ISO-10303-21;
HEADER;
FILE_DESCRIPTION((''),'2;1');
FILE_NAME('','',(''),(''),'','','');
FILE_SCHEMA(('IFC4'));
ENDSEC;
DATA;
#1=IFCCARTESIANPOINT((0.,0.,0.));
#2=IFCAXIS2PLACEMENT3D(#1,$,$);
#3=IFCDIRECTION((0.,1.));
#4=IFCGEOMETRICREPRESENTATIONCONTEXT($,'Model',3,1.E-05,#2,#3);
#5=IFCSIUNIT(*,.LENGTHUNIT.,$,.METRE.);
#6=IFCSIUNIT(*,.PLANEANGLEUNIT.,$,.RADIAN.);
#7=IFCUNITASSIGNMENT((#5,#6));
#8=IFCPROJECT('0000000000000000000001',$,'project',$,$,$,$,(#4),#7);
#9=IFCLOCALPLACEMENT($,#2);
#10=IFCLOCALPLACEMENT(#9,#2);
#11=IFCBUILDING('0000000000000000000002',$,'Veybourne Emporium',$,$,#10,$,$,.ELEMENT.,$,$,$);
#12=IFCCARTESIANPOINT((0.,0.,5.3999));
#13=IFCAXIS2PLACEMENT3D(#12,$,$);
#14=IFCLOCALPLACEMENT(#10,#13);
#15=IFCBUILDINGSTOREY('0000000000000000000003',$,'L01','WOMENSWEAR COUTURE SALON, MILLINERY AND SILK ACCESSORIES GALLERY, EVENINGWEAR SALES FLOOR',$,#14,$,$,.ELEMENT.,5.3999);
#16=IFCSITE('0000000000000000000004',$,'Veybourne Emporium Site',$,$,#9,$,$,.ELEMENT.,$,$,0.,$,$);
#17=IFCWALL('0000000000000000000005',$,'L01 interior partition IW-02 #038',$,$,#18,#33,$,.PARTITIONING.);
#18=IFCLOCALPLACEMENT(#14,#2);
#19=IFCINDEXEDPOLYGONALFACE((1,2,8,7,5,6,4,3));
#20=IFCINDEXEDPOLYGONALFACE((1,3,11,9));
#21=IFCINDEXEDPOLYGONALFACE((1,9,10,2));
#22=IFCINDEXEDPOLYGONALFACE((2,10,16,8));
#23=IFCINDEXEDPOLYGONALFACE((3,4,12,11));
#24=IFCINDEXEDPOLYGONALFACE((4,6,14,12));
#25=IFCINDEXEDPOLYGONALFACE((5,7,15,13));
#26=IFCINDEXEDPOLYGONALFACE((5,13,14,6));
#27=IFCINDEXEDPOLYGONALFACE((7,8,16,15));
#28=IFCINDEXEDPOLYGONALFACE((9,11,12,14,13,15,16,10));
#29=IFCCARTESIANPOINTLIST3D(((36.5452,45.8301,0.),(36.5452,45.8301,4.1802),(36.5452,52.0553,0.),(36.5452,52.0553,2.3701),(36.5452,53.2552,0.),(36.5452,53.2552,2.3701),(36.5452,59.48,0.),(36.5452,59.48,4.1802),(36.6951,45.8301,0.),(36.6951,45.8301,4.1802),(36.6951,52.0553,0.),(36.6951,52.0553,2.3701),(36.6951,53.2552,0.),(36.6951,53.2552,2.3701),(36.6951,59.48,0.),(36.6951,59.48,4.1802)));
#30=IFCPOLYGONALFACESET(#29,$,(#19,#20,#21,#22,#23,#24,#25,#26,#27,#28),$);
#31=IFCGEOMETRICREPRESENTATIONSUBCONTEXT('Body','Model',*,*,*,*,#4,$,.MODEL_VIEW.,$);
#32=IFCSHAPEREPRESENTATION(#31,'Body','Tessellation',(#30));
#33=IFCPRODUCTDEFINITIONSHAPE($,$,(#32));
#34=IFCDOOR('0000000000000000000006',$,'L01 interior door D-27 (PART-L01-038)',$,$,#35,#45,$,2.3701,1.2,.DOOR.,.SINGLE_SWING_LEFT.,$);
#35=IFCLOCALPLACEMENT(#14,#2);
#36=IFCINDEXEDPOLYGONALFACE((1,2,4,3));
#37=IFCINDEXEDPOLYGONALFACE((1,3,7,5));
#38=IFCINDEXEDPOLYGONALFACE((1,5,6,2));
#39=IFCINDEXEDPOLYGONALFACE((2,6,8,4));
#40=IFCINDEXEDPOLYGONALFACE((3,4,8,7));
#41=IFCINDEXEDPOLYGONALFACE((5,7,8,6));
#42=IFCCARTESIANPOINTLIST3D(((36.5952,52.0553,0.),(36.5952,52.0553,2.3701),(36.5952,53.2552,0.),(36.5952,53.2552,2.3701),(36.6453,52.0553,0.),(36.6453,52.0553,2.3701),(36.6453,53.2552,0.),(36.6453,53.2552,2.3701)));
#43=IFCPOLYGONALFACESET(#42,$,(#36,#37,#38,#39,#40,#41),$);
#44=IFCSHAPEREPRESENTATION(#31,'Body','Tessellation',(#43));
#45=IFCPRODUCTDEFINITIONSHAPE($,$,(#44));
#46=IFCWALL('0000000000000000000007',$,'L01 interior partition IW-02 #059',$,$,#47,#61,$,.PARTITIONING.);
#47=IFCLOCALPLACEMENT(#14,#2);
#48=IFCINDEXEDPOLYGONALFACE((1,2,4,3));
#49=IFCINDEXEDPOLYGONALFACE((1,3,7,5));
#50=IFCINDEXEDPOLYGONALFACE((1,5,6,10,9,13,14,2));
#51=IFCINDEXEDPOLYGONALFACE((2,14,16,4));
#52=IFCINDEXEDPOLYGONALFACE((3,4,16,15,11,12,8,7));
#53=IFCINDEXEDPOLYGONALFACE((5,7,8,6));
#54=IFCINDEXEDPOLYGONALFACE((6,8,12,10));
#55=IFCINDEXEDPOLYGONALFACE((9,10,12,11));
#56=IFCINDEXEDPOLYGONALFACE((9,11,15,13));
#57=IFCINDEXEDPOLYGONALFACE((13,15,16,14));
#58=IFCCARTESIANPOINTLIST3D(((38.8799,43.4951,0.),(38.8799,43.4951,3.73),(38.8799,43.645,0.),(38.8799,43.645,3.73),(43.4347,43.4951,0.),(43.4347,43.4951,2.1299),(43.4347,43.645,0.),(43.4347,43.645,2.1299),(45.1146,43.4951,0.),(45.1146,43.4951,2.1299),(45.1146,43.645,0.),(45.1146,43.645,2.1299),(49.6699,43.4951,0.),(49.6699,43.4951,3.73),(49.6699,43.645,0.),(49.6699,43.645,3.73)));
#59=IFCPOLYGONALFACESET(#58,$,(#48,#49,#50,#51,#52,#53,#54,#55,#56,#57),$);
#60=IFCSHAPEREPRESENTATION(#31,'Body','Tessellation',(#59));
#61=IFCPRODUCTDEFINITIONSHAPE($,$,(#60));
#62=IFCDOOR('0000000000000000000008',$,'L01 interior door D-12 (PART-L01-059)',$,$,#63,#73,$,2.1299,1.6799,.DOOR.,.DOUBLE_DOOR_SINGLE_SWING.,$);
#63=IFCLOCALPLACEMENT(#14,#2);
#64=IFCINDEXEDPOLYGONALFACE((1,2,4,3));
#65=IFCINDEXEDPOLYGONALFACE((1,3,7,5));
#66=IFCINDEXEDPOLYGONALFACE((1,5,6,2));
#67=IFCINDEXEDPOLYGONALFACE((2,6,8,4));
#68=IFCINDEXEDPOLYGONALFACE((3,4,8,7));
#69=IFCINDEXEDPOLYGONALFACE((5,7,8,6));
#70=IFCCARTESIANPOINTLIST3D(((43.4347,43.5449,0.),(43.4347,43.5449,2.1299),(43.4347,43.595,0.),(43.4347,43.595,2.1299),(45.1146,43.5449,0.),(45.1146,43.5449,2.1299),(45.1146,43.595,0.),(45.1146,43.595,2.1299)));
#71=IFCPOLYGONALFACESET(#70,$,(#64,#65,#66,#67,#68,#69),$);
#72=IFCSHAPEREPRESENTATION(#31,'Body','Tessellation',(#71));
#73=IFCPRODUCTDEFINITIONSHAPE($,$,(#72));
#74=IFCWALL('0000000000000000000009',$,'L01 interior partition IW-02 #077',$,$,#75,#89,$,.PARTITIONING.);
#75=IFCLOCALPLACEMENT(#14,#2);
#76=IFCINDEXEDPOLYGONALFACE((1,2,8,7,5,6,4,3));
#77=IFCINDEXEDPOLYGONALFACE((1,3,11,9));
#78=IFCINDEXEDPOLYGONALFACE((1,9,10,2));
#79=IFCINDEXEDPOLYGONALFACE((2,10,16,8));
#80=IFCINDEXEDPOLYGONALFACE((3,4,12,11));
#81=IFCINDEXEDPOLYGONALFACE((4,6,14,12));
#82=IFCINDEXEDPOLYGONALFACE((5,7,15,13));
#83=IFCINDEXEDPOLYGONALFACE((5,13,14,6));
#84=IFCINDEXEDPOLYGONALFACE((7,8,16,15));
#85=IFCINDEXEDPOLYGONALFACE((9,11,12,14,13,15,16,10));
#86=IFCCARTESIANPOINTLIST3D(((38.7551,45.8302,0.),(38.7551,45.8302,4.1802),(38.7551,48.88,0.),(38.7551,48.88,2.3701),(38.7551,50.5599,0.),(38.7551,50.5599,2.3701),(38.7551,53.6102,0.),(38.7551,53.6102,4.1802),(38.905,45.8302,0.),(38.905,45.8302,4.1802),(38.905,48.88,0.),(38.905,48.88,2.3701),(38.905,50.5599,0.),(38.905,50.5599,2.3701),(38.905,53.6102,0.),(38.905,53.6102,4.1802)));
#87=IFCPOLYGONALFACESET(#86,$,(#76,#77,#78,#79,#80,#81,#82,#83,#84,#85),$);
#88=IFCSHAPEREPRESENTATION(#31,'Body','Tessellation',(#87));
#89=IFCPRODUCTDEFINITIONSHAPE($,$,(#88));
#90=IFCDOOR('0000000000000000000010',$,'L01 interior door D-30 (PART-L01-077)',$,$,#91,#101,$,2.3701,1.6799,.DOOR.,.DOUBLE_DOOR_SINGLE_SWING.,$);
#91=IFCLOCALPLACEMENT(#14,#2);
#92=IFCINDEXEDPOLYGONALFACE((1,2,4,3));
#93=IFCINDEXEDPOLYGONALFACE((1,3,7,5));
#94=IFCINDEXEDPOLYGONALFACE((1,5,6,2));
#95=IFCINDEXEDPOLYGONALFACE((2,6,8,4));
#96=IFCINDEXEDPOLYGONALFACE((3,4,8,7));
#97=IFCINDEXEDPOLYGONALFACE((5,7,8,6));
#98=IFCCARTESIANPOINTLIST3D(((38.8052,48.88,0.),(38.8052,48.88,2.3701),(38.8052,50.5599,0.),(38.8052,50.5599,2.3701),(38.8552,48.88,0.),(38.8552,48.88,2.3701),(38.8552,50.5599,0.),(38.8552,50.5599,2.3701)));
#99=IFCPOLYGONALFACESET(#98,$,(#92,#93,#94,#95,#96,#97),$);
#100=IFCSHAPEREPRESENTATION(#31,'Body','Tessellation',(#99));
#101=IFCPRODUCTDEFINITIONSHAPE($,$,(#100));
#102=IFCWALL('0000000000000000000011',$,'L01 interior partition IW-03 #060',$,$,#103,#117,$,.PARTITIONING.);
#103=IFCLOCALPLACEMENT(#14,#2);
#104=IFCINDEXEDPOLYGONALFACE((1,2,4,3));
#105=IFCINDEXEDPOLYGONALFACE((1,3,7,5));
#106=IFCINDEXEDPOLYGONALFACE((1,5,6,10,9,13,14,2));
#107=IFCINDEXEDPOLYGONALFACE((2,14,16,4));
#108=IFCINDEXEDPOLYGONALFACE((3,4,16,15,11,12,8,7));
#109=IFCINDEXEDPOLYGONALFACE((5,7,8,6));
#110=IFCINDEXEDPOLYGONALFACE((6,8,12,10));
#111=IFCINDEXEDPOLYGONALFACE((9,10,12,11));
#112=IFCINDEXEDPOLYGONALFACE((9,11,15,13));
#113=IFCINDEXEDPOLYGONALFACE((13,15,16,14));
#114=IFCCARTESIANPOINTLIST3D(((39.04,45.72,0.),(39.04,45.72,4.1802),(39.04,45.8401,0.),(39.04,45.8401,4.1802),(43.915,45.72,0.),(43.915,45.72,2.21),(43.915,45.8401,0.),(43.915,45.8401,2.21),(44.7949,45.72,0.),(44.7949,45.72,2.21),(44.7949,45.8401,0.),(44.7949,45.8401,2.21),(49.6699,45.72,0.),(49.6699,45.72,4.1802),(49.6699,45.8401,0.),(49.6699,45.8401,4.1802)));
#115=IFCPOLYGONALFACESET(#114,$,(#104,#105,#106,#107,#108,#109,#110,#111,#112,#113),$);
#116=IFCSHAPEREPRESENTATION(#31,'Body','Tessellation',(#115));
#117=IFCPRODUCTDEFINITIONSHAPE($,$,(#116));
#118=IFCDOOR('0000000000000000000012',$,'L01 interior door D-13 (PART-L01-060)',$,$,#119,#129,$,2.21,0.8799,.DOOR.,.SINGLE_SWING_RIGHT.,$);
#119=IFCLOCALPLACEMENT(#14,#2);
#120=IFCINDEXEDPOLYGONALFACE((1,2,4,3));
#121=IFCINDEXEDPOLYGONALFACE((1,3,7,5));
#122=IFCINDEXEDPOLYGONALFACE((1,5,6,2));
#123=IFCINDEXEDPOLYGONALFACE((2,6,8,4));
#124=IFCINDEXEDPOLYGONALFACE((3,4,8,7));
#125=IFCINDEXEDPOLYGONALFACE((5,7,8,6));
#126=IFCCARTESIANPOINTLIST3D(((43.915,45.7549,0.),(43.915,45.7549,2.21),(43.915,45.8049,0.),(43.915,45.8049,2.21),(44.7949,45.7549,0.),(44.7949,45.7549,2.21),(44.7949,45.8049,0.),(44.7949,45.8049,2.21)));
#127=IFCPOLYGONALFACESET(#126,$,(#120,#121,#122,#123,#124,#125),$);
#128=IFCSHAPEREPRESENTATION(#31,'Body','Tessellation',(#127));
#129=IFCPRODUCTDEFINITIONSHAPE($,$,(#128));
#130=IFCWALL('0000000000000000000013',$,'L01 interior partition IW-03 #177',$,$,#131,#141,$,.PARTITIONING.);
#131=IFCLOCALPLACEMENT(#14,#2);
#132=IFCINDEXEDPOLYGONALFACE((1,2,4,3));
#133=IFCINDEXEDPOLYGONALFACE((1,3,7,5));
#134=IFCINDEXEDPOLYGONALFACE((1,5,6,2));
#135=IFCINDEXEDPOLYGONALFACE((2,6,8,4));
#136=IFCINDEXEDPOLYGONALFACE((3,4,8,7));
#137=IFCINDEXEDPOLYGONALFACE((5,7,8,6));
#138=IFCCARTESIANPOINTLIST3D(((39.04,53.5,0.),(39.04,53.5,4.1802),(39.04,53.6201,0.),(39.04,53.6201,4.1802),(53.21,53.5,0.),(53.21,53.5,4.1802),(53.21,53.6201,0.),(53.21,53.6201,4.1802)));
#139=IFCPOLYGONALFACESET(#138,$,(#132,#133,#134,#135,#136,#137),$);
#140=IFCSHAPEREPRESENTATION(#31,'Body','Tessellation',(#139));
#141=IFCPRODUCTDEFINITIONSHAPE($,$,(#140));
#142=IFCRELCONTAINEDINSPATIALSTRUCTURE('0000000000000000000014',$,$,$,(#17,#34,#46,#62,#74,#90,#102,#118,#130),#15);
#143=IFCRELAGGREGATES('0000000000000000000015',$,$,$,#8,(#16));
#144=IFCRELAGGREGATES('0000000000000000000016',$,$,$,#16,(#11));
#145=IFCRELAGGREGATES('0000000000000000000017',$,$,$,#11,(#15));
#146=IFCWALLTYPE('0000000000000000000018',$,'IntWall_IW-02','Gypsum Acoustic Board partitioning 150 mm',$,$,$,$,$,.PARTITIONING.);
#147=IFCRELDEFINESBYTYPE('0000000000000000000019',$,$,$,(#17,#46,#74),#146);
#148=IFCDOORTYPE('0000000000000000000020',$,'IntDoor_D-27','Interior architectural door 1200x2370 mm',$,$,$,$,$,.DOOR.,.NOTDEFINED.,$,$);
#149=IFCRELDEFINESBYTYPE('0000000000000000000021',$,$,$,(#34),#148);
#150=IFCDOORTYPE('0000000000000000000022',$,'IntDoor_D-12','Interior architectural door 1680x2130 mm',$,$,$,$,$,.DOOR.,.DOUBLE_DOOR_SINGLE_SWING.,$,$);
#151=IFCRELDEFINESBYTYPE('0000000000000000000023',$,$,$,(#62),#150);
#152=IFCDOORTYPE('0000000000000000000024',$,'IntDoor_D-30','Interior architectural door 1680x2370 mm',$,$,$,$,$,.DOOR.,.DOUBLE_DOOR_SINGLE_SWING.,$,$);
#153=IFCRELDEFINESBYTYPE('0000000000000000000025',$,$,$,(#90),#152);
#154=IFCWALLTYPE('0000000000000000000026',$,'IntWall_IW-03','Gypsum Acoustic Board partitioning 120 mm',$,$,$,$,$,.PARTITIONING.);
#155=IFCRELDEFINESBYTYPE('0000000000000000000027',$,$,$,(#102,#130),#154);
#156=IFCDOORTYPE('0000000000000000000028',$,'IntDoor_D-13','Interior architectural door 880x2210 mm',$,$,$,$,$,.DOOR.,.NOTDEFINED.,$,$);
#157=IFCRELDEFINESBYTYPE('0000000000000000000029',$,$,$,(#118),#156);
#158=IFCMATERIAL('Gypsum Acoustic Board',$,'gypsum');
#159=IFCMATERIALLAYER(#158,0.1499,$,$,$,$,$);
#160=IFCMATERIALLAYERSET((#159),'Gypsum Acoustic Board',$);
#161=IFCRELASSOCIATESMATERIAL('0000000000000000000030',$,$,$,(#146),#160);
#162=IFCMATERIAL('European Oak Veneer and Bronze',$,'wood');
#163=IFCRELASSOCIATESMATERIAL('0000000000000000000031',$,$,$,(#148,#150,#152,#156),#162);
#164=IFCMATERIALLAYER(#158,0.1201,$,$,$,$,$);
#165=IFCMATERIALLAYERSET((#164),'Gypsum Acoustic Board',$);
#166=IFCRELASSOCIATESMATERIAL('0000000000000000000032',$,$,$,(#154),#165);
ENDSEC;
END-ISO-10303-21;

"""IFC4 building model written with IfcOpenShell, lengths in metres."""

from ifc_helpers import new_model, si_unit, direction, frame, frame_2d, origin, place, context, subcontext, project, spatial, rectangle, extrude, material, layer, layer_set, type_object, element, fill, save


model = new_model("IFC4")

# Units and contexts
model_context = context("Model", 3, precision=1e-05, world=origin(), true_north=direction((0.0, 1.0)))
body_context = subcontext(model_context, "Body", "Model", "MODEL_VIEW")
ifc_project = project(units=[si_unit("LENGTHUNIT", "METRE"), si_unit("PLANEANGLEUNIT", "RADIAN")], contexts=[model_context])

# Site, building, storey
site_placement = place(None, origin())
site = spatial("IfcSite", under=ifc_project, at=site_placement, Name="Veybourne Emporium Site", CompositionType="ELEMENT", RefElevation=0.0)
building_placement = place(site_placement, origin())
building = spatial("IfcBuilding", under=site, at=building_placement, Name="Veybourne Emporium", CompositionType="ELEMENT")
storey_placement = place(building_placement, frame((0.0, 0.0, 5.3999)))
storey = spatial("IfcBuildingStorey", under=building, at=storey_placement, Name="L01", Description="WOMENSWEAR COUTURE SALON, MILLINERY AND SILK ACCESSORIES GALLERY, EVENINGWEAR SALES FLOOR", CompositionType="ELEMENT", Elevation=5.3999)

# Walls, openings, doors
ifc_material_1 = material(Name="Gypsum Acoustic Board", Category="gypsum")
ifc_material_2 = material(Name="European Oak Veneer and Bronze", Category="wood")
ifc_layer_1 = layer(ifc_material_1, 0.1499)
ifc_layer_set_1 = layer_set([ifc_layer_1], Name="Gypsum Acoustic Board")
wall_type_1 = type_object("IfcWallType", Name="IntWall_IW-02", Description="Gypsum Acoustic Board partitioning 150 mm", PredefinedType="PARTITIONING", material=ifc_layer_set_1)
wall_1_placement = place(storey_placement, frame((36.6201, 45.8301, 0.0), z_axis=(0.0, 0.0, 1.0), x_axis=(0.0, 1.0, 0.0)))
wall_1 = element("IfcWall", 1, at=wall_1_placement, inside=storey, type_object=wall_type_1, Name="L01 interior partition IW-02 #038", PredefinedType="PARTITIONING", context=body_context, shape_type="SweptSolid", body=[
    extrude(rectangle(XDim=13.6499, YDim=0.1499, at=frame_2d((6.825, 0.0))), origin(), (0.0, 0.0, 1.0), 4.1802),
])
opening_1_placement = place(wall_1_placement, frame((6.2251, 0.0, 0.0)))
opening_1 = element("IfcOpeningElement", 2, at=opening_1_placement, cuts=wall_1, PredefinedType="OPENING", context=body_context, shape_type="SweptSolid", body=[
    extrude(rectangle(XDim=1.2, YDim=2.3701, at=frame_2d((0.6001, 1.1851))), frame((0.0, 0.095, 0.0), z_axis=(0.0, -1.0, 0.0), x_axis=(1.0, 0.0, 0.0)), (0.0, 0.0, 1.0), 0.1899),
])
door_type_1 = type_object("IfcDoorType", Name="IntDoor_D-27", Description="Interior architectural door 1200x2370 mm", OperationType="NOTDEFINED", PredefinedType="DOOR", material=ifc_material_2)
door_1_placement = place(opening_1_placement, origin())
door_1 = element("IfcDoor", 3, at=door_1_placement, inside=storey, type_object=door_type_1, Name="L01 interior door D-27 (PART-L01-038)", OperationType="SINGLE_SWING_LEFT", OverallHeight=2.3701, OverallWidth=1.2, PredefinedType="DOOR", context=body_context, shape_type="SweptSolid", body=[
    extrude(rectangle(XDim=1.2, YDim=2.3701, at=frame_2d((0.6001, 1.1851))), frame((0.0, 0.0249, 0.0), z_axis=(0.0, -1.0, 0.0), x_axis=(1.0, 0.0, 0.0)), (0.0, 0.0, 1.0), 0.05),
])
fill(opening_1, door_1)
wall_2_placement = place(storey_placement, frame((38.8799, 43.5701, 0.0), z_axis=(0.0, 0.0, 1.0), x_axis=(1.0, 0.0, 0.0)))
wall_2 = element("IfcWall", 4, at=wall_2_placement, inside=storey, type_object=wall_type_1, Name="L01 interior partition IW-02 #059", PredefinedType="PARTITIONING", context=body_context, shape_type="SweptSolid", body=[
    extrude(rectangle(XDim=10.79, YDim=0.1499, at=frame_2d((5.395, 0.0))), origin(), (0.0, 0.0, 1.0), 3.73),
])
opening_2_placement = place(wall_2_placement, frame((4.5549, 0.0, 0.0)))
opening_2 = element("IfcOpeningElement", 5, at=opening_2_placement, cuts=wall_2, PredefinedType="OPENING", context=body_context, shape_type="SweptSolid", body=[
    extrude(rectangle(XDim=1.6799, YDim=2.1299, at=frame_2d((0.8398, 1.0649))), frame((0.0, 0.095, 0.0), z_axis=(0.0, -1.0, 0.0), x_axis=(1.0, 0.0, 0.0)), (0.0, 0.0, 1.0), 0.1899),
])
door_type_2 = type_object("IfcDoorType", Name="IntDoor_D-12", Description="Interior architectural door 1680x2130 mm", OperationType="DOUBLE_DOOR_SINGLE_SWING", PredefinedType="DOOR", material=ifc_material_2)
door_2_placement = place(opening_2_placement, origin())
door_2 = element("IfcDoor", 6, at=door_2_placement, inside=storey, type_object=door_type_2, Name="L01 interior door D-12 (PART-L01-059)", OperationType="DOUBLE_DOOR_SINGLE_SWING", OverallHeight=2.1299, OverallWidth=1.6799, PredefinedType="DOOR", context=body_context, shape_type="SweptSolid", body=[
    extrude(rectangle(XDim=1.6799, YDim=2.1299, at=frame_2d((0.8398, 1.0649))), frame((0.0, 0.0249, 0.0), z_axis=(0.0, -1.0, 0.0), x_axis=(1.0, 0.0, 0.0)), (0.0, 0.0, 1.0), 0.05),
])
fill(opening_2, door_2)
wall_3_placement = place(storey_placement, frame((38.8301, 45.8301, 0.0), z_axis=(0.0, 0.0, 1.0), x_axis=(0.0, 1.0, 0.0)))
wall_3 = element("IfcWall", 7, at=wall_3_placement, inside=storey, type_object=wall_type_1, Name="L01 interior partition IW-02 #077", PredefinedType="PARTITIONING", context=body_context, shape_type="SweptSolid", body=[
    extrude(rectangle(XDim=7.78, YDim=0.1499, at=frame_2d((3.8901, 0.0))), origin(), (0.0, 0.0, 1.0), 4.1802),
])
opening_3_placement = place(wall_3_placement, frame((3.05, 0.0, 0.0)))
opening_3 = element("IfcOpeningElement", 8, at=opening_3_placement, cuts=wall_3, PredefinedType="OPENING", context=body_context, shape_type="SweptSolid", body=[
    extrude(rectangle(XDim=1.6799, YDim=2.3701, at=frame_2d((0.8398, 1.1851))), frame((0.0, 0.095, 0.0), z_axis=(0.0, -1.0, 0.0), x_axis=(1.0, 0.0, 0.0)), (0.0, 0.0, 1.0), 0.1899),
])
door_type_3 = type_object("IfcDoorType", Name="IntDoor_D-30", Description="Interior architectural door 1680x2370 mm", OperationType="DOUBLE_DOOR_SINGLE_SWING", PredefinedType="DOOR", material=ifc_material_2)
door_3_placement = place(opening_3_placement, origin())
door_3 = element("IfcDoor", 9, at=door_3_placement, inside=storey, type_object=door_type_3, Name="L01 interior door D-30 (PART-L01-077)", OperationType="DOUBLE_DOOR_SINGLE_SWING", OverallHeight=2.3701, OverallWidth=1.6799, PredefinedType="DOOR", context=body_context, shape_type="SweptSolid", body=[
    extrude(rectangle(XDim=1.6799, YDim=2.3701, at=frame_2d((0.8398, 1.1851))), frame((0.0, 0.0249, 0.0), z_axis=(0.0, -1.0, 0.0), x_axis=(1.0, 0.0, 0.0)), (0.0, 0.0, 1.0), 0.05),
])
fill(opening_3, door_3)
ifc_layer_2 = layer(ifc_material_1, 0.1201)
ifc_layer_set_2 = layer_set([ifc_layer_2], Name="Gypsum Acoustic Board")
wall_type_2 = type_object("IfcWallType", Name="IntWall_IW-03", Description="Gypsum Acoustic Board partitioning 120 mm", PredefinedType="PARTITIONING", material=ifc_layer_set_2)
wall_4_placement = place(storey_placement, frame((39.04, 45.78, 0.0), z_axis=(0.0, 0.0, 1.0), x_axis=(1.0, 0.0, 0.0)))
wall_4 = element("IfcWall", 10, at=wall_4_placement, inside=storey, type_object=wall_type_2, Name="L01 interior partition IW-03 #060", PredefinedType="PARTITIONING", context=body_context, shape_type="SweptSolid", body=[
    extrude(rectangle(XDim=10.6299, YDim=0.1201, at=frame_2d((5.3149, 0.0))), origin(), (0.0, 0.0, 1.0), 4.1802),
])
opening_4_placement = place(wall_4_placement, frame((4.875, 0.0, 0.0)))
opening_4 = element("IfcOpeningElement", 11, at=opening_4_placement, cuts=wall_4, PredefinedType="OPENING", context=body_context, shape_type="SweptSolid", body=[
    extrude(rectangle(XDim=0.8799, YDim=2.21, at=frame_2d((0.4399, 1.105))), frame((0.0, 0.0801, 0.0), z_axis=(0.0, -1.0, 0.0), x_axis=(1.0, 0.0, 0.0)), (0.0, 0.0, 1.0), 0.1602),
])
door_type_4 = type_object("IfcDoorType", Name="IntDoor_D-13", Description="Interior architectural door 880x2210 mm", OperationType="NOTDEFINED", PredefinedType="DOOR", material=ifc_material_2)
door_4_placement = place(opening_4_placement, origin())
door_4 = element("IfcDoor", 12, at=door_4_placement, inside=storey, type_object=door_type_4, Name="L01 interior door D-13 (PART-L01-060)", OperationType="SINGLE_SWING_RIGHT", OverallHeight=2.21, OverallWidth=0.8799, PredefinedType="DOOR", context=body_context, shape_type="SweptSolid", body=[
    extrude(rectangle(XDim=0.8799, YDim=2.21, at=frame_2d((0.4399, 1.105))), frame((0.0, 0.0249, 0.0), z_axis=(0.0, -1.0, 0.0), x_axis=(1.0, 0.0, 0.0)), (0.0, 0.0, 1.0), 0.05),
])
fill(opening_4, door_4)

# Wall
wall_5_placement = place(storey_placement, frame((39.04, 53.5601, 0.0), z_axis=(0.0, 0.0, 1.0), x_axis=(1.0, 0.0, 0.0)))
element("IfcWall", 13, at=wall_5_placement, inside=storey, type_object=wall_type_2, Name="L01 interior partition IW-03 #177", PredefinedType="PARTITIONING", context=body_context, shape_type="SweptSolid", body=[
    extrude(rectangle(XDim=14.1699, YDim=0.1201, at=frame_2d((7.085, 0.0))), origin(), (0.0, 0.0, 1.0), 4.1802),
])

save(model, "model.ifc")
